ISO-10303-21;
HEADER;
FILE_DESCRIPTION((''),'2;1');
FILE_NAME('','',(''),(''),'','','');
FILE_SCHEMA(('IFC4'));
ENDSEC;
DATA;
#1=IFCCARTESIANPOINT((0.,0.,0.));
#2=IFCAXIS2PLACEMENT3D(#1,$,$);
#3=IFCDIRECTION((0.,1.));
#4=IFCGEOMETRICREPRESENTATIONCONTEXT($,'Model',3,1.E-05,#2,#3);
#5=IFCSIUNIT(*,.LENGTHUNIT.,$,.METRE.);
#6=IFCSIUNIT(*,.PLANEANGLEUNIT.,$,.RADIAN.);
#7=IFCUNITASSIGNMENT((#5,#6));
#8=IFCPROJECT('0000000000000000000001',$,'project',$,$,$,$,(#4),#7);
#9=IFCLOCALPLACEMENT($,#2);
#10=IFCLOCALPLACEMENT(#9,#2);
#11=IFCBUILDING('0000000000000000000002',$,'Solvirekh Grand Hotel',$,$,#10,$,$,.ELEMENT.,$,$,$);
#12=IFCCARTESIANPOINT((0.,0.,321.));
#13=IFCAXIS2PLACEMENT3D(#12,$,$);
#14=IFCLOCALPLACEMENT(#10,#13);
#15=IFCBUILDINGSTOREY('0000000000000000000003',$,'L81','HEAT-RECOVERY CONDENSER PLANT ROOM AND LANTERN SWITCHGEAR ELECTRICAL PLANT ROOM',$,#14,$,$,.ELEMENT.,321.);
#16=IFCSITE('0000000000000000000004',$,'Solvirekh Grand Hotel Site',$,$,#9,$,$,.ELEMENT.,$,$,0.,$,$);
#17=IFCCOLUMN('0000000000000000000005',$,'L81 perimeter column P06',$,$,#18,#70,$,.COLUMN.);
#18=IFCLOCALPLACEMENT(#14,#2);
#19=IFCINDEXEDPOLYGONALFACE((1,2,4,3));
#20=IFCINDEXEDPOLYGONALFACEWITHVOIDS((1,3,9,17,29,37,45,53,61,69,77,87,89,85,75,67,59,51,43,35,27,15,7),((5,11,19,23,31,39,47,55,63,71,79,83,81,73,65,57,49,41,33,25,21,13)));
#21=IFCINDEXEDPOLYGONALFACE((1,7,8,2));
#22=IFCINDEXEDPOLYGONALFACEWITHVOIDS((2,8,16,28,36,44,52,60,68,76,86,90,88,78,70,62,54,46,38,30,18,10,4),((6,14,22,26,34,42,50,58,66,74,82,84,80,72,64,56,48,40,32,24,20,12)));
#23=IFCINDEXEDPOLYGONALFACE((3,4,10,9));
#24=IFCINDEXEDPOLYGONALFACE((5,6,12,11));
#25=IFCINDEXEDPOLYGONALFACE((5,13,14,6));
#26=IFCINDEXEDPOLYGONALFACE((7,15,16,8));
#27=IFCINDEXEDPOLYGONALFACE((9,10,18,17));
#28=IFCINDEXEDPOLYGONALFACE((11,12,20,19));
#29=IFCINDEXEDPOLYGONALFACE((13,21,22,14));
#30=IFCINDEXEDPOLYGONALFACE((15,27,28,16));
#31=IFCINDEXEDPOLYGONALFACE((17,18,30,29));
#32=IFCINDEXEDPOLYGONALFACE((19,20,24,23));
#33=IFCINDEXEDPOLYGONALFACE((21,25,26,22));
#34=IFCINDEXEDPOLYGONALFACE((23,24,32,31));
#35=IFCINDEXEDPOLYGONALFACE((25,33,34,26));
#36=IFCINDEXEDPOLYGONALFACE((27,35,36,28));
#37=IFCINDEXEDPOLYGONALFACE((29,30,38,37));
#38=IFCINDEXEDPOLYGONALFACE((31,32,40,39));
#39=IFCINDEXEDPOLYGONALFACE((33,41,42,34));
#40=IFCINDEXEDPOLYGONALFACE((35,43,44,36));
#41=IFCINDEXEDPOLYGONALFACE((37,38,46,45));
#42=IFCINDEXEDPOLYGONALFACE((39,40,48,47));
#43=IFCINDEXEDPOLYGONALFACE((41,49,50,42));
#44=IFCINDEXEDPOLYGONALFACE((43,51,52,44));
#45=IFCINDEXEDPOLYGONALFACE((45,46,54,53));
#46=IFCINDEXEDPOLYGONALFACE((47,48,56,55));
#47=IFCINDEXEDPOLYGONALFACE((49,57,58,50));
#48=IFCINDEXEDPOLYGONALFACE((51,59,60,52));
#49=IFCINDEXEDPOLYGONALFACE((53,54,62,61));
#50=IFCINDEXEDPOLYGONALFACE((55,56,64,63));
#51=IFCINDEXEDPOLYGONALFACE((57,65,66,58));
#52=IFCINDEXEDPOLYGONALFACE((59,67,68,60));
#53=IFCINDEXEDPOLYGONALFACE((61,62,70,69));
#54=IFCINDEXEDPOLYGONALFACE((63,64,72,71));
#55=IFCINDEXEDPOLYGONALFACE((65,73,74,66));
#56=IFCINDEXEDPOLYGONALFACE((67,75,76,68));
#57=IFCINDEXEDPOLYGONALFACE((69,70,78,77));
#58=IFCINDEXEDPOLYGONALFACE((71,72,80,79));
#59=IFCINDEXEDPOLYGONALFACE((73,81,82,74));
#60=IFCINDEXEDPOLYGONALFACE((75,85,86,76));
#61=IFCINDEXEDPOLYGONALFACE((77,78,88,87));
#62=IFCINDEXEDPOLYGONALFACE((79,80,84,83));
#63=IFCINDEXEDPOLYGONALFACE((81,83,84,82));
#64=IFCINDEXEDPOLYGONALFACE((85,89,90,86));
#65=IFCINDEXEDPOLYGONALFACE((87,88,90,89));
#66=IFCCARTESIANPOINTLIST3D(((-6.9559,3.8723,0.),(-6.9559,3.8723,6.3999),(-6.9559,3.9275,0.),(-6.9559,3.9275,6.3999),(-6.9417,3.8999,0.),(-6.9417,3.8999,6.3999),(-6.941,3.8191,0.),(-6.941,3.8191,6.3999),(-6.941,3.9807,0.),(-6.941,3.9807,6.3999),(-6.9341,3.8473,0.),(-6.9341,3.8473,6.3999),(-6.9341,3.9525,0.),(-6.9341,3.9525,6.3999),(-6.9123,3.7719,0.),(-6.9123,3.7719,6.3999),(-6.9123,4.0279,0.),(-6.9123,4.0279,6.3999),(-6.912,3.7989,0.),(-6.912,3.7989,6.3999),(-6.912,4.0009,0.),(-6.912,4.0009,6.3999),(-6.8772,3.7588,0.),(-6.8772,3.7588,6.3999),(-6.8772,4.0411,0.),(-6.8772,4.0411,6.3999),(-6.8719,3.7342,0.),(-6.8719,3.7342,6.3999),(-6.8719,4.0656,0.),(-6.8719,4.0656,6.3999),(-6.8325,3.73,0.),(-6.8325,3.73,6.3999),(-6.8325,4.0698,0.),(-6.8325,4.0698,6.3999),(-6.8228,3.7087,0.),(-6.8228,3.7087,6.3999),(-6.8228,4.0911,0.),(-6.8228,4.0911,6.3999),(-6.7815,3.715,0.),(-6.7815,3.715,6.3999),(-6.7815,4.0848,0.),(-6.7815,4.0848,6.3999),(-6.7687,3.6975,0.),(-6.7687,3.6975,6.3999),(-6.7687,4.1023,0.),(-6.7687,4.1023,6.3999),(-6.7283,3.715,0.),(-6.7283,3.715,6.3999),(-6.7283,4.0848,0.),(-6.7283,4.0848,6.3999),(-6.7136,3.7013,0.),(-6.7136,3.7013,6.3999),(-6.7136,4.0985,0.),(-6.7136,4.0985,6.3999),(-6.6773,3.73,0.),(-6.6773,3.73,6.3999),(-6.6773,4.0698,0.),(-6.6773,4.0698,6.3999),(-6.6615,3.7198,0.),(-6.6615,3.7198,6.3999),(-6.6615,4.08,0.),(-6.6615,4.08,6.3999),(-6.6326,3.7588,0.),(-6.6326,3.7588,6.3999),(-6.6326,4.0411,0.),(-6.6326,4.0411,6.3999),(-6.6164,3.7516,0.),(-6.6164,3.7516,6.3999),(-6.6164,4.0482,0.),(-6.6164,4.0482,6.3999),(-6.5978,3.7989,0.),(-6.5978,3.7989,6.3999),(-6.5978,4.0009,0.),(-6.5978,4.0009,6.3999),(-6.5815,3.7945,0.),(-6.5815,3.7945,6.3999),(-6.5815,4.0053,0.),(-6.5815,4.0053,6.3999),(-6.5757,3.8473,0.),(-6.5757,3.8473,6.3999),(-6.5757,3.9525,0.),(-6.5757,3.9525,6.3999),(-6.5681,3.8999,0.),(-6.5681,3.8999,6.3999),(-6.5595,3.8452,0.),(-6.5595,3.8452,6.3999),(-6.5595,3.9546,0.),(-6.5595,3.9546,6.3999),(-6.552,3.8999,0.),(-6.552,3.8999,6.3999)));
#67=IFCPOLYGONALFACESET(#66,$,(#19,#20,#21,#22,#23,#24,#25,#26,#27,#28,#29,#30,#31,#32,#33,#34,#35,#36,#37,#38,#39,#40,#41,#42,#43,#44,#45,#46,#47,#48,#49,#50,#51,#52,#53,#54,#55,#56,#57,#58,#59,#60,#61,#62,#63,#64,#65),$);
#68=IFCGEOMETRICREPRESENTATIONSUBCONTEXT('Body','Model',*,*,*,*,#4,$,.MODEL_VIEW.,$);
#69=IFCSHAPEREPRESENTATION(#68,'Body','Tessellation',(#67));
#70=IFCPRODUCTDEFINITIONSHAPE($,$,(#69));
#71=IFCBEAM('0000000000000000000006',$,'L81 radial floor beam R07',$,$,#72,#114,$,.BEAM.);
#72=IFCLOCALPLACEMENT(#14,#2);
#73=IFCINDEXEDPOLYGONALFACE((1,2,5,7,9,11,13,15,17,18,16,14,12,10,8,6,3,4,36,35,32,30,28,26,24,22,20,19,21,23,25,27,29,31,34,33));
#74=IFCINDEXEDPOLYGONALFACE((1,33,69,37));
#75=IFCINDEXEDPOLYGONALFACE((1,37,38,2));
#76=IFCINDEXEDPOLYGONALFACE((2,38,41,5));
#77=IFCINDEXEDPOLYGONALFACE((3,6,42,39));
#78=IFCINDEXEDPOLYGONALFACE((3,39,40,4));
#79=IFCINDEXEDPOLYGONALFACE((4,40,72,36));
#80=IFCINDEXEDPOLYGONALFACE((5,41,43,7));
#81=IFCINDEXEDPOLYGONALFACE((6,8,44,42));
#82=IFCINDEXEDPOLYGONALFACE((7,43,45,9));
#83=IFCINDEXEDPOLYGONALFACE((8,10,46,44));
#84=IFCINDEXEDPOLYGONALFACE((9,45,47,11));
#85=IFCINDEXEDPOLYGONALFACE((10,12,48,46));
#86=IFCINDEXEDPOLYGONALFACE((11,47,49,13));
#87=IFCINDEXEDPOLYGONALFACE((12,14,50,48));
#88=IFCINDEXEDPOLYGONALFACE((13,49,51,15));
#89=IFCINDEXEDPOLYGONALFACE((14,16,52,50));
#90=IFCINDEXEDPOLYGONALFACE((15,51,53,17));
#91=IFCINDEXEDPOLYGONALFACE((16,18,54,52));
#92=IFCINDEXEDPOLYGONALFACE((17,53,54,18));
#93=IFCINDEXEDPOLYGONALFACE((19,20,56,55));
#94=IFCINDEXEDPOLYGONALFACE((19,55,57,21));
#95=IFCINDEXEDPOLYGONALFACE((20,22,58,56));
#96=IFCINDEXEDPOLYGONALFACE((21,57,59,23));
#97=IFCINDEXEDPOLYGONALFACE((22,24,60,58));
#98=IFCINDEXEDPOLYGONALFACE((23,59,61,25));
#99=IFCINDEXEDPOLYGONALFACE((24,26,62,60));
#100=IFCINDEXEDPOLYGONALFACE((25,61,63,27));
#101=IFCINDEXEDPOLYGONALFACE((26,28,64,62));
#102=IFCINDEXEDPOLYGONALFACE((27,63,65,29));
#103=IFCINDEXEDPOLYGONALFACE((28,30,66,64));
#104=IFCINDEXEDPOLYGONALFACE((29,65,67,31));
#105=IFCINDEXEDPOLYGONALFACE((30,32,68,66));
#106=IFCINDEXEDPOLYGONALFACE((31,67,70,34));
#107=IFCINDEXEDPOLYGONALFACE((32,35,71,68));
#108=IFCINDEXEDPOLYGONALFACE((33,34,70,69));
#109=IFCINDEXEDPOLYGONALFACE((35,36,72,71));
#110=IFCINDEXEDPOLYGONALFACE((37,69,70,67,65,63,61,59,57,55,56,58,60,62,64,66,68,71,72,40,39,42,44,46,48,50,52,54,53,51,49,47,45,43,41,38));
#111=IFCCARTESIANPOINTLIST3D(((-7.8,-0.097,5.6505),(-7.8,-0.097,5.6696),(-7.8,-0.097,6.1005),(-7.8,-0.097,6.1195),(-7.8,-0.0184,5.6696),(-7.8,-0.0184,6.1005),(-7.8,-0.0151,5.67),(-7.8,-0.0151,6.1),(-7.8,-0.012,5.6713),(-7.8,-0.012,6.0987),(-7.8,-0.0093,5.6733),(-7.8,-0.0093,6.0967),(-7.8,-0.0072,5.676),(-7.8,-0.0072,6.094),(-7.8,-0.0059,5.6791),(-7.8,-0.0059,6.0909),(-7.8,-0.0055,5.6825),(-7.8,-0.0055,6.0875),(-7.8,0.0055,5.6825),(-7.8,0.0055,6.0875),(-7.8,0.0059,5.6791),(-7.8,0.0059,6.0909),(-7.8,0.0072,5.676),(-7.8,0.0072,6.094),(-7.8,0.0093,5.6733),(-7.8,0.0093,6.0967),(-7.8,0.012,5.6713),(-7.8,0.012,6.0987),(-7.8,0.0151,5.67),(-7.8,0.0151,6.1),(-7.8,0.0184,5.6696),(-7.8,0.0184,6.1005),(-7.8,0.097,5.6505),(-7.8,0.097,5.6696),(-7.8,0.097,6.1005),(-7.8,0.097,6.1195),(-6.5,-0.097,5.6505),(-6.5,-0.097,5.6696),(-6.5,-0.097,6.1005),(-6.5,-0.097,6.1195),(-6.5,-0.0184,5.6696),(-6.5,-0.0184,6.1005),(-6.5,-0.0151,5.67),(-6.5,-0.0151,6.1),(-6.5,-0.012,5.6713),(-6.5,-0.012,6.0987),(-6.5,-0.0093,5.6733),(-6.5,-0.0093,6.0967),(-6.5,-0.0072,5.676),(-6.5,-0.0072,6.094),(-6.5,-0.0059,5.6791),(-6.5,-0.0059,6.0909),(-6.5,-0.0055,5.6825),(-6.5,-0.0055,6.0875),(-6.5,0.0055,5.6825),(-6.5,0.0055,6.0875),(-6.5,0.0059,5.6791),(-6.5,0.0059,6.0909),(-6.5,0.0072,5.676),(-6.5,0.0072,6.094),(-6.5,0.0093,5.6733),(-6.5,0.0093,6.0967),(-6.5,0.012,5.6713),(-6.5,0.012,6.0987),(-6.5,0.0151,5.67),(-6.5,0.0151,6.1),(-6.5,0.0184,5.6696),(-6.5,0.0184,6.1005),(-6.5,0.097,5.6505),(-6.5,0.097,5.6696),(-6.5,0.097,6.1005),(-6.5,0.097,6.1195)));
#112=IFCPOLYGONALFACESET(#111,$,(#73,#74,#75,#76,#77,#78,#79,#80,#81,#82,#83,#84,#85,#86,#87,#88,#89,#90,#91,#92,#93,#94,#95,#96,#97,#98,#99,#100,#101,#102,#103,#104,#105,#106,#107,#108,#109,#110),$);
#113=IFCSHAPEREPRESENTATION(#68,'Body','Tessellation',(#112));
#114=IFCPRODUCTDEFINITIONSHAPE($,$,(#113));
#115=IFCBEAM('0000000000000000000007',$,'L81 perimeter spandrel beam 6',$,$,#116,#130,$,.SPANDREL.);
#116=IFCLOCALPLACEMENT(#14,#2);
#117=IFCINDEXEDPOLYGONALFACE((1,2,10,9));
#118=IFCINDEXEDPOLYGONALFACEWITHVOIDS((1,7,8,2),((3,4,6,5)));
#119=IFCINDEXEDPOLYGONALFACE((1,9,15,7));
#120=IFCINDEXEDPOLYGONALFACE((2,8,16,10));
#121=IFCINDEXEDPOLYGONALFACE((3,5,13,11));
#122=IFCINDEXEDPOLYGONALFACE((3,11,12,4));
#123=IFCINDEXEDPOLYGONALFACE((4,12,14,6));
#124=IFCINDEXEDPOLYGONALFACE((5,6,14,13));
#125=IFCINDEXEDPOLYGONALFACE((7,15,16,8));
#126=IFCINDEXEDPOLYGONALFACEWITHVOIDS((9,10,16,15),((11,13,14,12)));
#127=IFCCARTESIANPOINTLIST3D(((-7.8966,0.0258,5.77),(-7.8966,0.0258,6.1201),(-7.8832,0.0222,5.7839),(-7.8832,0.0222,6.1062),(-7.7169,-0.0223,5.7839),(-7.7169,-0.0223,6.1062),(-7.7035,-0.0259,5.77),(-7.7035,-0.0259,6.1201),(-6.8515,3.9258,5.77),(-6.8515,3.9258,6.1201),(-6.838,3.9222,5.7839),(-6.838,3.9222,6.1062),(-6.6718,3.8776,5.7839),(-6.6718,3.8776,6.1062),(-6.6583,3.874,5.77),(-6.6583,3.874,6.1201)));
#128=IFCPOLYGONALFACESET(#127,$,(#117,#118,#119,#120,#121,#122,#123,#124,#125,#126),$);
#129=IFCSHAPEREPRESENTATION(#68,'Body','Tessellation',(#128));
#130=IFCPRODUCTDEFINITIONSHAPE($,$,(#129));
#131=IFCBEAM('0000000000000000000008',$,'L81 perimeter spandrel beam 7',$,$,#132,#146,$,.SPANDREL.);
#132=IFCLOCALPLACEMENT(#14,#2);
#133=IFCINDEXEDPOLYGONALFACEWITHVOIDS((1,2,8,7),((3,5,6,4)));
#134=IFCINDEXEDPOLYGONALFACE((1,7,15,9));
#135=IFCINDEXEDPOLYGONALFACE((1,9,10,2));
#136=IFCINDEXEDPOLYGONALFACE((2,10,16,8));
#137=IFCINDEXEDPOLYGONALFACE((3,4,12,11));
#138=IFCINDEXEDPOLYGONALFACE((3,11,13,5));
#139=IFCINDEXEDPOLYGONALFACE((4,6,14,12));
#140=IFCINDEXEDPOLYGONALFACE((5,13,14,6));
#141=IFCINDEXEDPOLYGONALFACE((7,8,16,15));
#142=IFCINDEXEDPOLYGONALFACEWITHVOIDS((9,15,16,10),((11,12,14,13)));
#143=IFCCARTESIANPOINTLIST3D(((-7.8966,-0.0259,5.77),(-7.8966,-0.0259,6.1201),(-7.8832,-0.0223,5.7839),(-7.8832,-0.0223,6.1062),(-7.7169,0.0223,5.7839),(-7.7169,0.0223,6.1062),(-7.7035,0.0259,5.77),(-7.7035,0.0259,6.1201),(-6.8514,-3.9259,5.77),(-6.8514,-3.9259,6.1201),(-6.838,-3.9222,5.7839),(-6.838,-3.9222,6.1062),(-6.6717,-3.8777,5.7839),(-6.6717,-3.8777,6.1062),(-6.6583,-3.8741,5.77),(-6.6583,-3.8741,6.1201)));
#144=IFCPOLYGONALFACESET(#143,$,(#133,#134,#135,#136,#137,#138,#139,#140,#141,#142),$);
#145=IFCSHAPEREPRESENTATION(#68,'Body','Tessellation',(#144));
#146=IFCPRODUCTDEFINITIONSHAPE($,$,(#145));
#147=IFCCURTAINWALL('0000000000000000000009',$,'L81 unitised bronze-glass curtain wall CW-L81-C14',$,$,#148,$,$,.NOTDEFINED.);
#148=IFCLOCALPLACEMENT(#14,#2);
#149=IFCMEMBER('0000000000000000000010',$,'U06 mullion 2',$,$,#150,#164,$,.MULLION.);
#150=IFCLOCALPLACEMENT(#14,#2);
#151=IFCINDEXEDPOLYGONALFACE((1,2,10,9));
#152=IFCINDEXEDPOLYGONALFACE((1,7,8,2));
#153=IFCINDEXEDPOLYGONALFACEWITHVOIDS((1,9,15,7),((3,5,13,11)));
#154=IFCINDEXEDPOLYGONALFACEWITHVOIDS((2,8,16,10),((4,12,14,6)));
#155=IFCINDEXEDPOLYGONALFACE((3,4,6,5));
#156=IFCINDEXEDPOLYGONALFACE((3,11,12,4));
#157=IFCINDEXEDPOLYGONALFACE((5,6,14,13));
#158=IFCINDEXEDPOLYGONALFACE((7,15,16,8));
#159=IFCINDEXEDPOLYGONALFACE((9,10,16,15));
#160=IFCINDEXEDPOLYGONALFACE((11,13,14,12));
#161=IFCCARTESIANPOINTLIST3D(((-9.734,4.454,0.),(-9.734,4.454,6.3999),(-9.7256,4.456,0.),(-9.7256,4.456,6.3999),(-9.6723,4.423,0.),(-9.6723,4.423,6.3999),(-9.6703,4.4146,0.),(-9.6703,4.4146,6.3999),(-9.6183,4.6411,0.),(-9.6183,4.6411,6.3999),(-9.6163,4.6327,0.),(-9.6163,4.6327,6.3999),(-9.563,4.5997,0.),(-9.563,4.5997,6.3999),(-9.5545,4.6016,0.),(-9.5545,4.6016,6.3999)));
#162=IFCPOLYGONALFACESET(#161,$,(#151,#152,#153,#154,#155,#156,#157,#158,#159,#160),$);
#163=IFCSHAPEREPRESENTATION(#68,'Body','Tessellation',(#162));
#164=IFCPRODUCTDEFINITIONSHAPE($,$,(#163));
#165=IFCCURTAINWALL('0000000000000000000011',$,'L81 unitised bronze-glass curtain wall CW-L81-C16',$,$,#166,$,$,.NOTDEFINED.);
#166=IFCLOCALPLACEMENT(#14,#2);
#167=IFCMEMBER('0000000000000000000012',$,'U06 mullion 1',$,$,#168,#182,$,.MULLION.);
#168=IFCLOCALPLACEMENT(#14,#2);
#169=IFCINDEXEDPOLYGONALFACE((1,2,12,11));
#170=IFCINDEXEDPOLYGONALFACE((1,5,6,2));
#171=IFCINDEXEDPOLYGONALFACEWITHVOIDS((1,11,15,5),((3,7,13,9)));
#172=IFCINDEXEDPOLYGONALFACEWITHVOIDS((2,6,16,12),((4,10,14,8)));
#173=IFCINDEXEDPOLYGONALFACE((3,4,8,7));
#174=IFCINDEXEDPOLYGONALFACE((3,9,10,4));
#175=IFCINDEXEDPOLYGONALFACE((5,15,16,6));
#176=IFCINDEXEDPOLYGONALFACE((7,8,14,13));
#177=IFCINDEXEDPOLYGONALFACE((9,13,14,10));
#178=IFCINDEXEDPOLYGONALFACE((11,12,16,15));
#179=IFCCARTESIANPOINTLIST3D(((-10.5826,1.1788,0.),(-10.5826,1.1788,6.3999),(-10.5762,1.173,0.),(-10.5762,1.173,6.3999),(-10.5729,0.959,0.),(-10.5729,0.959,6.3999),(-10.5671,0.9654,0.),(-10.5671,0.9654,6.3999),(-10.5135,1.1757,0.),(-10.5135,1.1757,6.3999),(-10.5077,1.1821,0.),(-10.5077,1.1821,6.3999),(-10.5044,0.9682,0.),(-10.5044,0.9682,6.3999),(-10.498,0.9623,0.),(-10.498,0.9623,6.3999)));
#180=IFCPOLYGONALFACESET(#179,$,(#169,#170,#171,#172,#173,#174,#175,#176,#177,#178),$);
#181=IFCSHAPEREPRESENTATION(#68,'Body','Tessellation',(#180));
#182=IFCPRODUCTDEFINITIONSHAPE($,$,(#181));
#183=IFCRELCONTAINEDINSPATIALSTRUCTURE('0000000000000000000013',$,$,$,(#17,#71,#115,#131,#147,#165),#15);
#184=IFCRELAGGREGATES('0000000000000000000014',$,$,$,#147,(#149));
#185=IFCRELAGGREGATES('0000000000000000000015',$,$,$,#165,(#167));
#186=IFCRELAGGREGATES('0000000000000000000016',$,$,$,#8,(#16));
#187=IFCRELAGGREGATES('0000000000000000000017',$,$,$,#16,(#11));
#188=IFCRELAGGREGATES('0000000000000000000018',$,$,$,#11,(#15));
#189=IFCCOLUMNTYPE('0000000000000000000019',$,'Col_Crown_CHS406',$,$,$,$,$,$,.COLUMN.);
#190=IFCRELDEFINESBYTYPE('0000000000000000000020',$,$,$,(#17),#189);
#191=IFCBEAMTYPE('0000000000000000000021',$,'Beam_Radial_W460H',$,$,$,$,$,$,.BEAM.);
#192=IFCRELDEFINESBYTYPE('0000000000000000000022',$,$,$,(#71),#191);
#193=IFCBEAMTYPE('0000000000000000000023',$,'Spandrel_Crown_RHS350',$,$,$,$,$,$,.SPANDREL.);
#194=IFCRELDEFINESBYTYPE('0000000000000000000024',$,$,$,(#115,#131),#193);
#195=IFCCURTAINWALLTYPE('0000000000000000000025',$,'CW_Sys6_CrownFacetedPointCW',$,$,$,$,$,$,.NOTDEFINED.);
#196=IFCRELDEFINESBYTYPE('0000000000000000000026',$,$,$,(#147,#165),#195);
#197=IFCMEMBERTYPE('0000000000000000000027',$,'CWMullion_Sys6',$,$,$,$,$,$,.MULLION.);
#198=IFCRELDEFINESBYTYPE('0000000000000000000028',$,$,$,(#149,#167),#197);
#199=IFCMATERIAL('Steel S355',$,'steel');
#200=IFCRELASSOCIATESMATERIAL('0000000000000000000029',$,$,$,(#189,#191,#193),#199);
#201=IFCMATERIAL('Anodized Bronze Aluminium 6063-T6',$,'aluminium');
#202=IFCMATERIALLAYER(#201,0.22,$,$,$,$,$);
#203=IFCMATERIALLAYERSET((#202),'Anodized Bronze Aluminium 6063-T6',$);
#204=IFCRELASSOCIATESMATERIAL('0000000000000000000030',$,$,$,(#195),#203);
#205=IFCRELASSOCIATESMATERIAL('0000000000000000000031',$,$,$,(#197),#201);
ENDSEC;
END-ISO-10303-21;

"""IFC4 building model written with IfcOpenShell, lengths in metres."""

from ifc_helpers import new_model, si_unit, direction, frame, origin, origin_2d, place, context, subcontext, project, spatial, hollow_rectangle, hollow_circle, i_section, extrude, source, transform, mapped, material, layer, layer_set, material_profile, profile_set, type_object, element, aggregate, save


model = new_model("IFC4")

# Units and contexts
model_context = context("Model", 3, precision=1e-05, world=origin(), true_north=direction((0.0, 1.0)))
body_context = subcontext(model_context, "Body", "Model", "MODEL_VIEW")
ifc_project = project(units=[si_unit("LENGTHUNIT", "METRE"), si_unit("PLANEANGLEUNIT", "RADIAN")], contexts=[model_context])

# Site, building, storey
site_placement = place(None, origin())
site = spatial("IfcSite", under=ifc_project, at=site_placement, Name="Solvirekh Grand Hotel Site", CompositionType="ELEMENT", RefElevation=0.0)
building_placement = place(site_placement, origin())
building = spatial("IfcBuilding", under=site, at=building_placement, Name="Solvirekh Grand Hotel", CompositionType="ELEMENT")
storey_placement = place(building_placement, frame((0.0, 0.0, 321.0)))
storey = spatial("IfcBuildingStorey", under=building, at=storey_placement, Name="L81", Description="HEAT-RECOVERY CONDENSER PLANT ROOM AND LANTERN SWITCHGEAR ELECTRICAL PLANT ROOM", CompositionType="ELEMENT", Elevation=321.0)

# Column
ifc_material_1 = material(Name="Steel S355", Category="steel")
ifc_material_profile_1 = material_profile(ifc_material_1, hollow_circle(Radius=0.2029, WallThickness=0.0161, at=origin_2d()), Name="CHS 406X16")
ifc_profile_set_1 = profile_set([ifc_material_profile_1], Name="Steel S355")
column_type = type_object("IfcColumnType", Name="Col_Crown_CHS406", PredefinedType="COLUMN", material=ifc_profile_set_1)
column_placement = place(storey_placement, frame((-6.7549, 3.8999, 0.0), z_axis=(0.0, 0.0, 1.0), x_axis=(1.0, 0.0, 0.0)))
element("IfcColumn", 1, at=column_placement, inside=storey, type_object=column_type, Name="L81 perimeter column P06", PredefinedType="COLUMN", context=body_context, shape_type="SweptSolid", body=[
    extrude(hollow_circle(Radius=0.2029, WallThickness=0.0161, at=origin_2d()), origin(), (0.0, 0.0, 1.0), 6.3999),
])

# Beams
ifc_material_profile_2 = material_profile(ifc_material_1, i_section(OverallWidth=0.1941, OverallDepth=0.469, WebThickness=0.011, FlangeThickness=0.019, FilletRadius=0.0129, at=origin_2d()), Name="W460X106")
ifc_profile_set_2 = profile_set([ifc_material_profile_2], Name="Steel S355")
beam_type_1 = type_object("IfcBeamType", Name="Beam_Radial_W460H", PredefinedType="BEAM", material=ifc_profile_set_2)
beam_placement = place(storey_placement, frame((-6.5, 0.0, 5.885), z_axis=(-1.0, 0.0, 0.0), x_axis=(0.0, -1.0, 0.0)))
element("IfcBeam", 2, at=beam_placement, inside=storey, type_object=beam_type_1, Name="L81 radial floor beam R07", PredefinedType="BEAM", context=body_context, shape_type="SweptSolid", body=[
    extrude(i_section(OverallWidth=0.1941, OverallDepth=0.469, WebThickness=0.011, FlangeThickness=0.019, FilletRadius=0.0129, at=origin_2d()), origin(), (0.0, 0.0, 1.0), 1.3),
])
ifc_material_profile_3 = material_profile(ifc_material_1, hollow_rectangle(XDim=0.2, YDim=0.3501, WallThickness=0.0139, at=origin_2d()), Name="RHS 350X200X14")
ifc_profile_set_3 = profile_set([ifc_material_profile_3], Name="Steel S355")
beam_type_2 = type_object("IfcBeamType", Name="Spandrel_Crown_RHS350", PredefinedType="SPANDREL", material=ifc_profile_set_3)
for number, where, z_axis, x_axis, name in (
    (3, (-6.7549, 3.8999, 5.9451), (-0.258863, -0.965914, 0.0), (0.965914, -0.258863, 0.0), "L81 perimeter spandrel beam 6"),
    (4, (-7.8, 0.0, 5.9451), (0.258863, -0.965914, 0.0), (0.965914, 0.258863, 0.0), "L81 perimeter spandrel beam 7"),
):
    element("IfcBeam", number, at=place(storey_placement, frame(where, z_axis=z_axis, x_axis=x_axis)), inside=storey, type_object=beam_type_2, Name=name, PredefinedType="SPANDREL", context=body_context, shape_type="SweptSolid", body=[
        extrude(hollow_rectangle(XDim=0.2, YDim=0.3501, WallThickness=0.0139, at=origin_2d()), origin(), (0.0, 0.0, 1.0), 4.0376),
    ])

# Curtain wall, member
ifc_material_2 = material(Name="Anodized Bronze Aluminium 6063-T6", Category="aluminium")
ifc_layer_1 = layer(ifc_material_2, 0.22)
ifc_layer_set_1 = layer_set([ifc_layer_1], Name="Anodized Bronze Aluminium 6063-T6")
curtain_wall_type = type_object("IfcCurtainWallType", Name="CW_Sys6_CrownFacetedPointCW", PredefinedType="NOTDEFINED", material=ifc_layer_set_1)
curtain_wall_1_placement = place(storey_placement, origin())
curtain_wall_1 = element("IfcCurtainWall", 5, at=curtain_wall_1_placement, inside=storey, type_object=curtain_wall_type, Name="L81 unitised bronze-glass curtain wall CW-L81-C14", PredefinedType="NOTDEFINED")
ifc_material_profile_4 = material_profile(ifc_material_2, hollow_rectangle(XDim=0.075, YDim=0.22, WallThickness=0.0061, at=origin_2d()), Name="ALU RHS 220X75X6")
ifc_profile_set_4 = profile_set([ifc_material_profile_4], Name="Anodized Bronze Aluminium 6063-T6")
member_type_1 = type_object("IfcMemberType", Name="CWMullion_Sys6", PredefinedType="MULLION", material=ifc_profile_set_4)
shared_shape_1 = source(origin(), body_context, "Body", "SweptSolid", [
    extrude(hollow_rectangle(XDim=0.075, YDim=0.22, WallThickness=0.0061, at=origin_2d()), origin(), (0.0, 0.0, 1.0), 6.3999),
])
member_1_placement = place(storey_placement, frame((-9.6443, 4.5278, 0.0), z_axis=(0.0, 0.0, 1.0), x_axis=(0.850388, -0.526156, 0.0)))
member_1 = element("IfcMember", 6, at=member_1_placement, type_object=member_type_1, Name="U06 mullion 2", PredefinedType="MULLION", context=body_context, shape_type="MappedRepresentation", body=[
    mapped(shared_shape_1, transform((0.0, 0.0, 0.0), x_axis=(1.0, 0.0, 0.0), y_axis=(0.0, 1.0, 0.0), z_axis=(0.0, 0.0, 1.0), scale=1.0)),
])
aggregate(curtain_wall_1, [member_1])

# Curtain wall, member
curtain_wall_2_placement = place(storey_placement, origin())
curtain_wall_2 = element("IfcCurtainWall", 7, at=curtain_wall_2_placement, inside=storey, type_object=curtain_wall_type, Name="L81 unitised bronze-glass curtain wall CW-L81-C16", PredefinedType="NOTDEFINED")
member_2_placement = place(storey_placement, frame((-10.5403, 1.0706, 0.0), z_axis=(0.0, 0.0, 1.0), x_axis=(0.999031, 0.044008, 0.0)))
member_2 = element("IfcMember", 8, at=member_2_placement, type_object=member_type_1, Name="U06 mullion 1", PredefinedType="MULLION", context=body_context, shape_type="MappedRepresentation", body=[
    mapped(shared_shape_1, transform((0.0, 0.0, 0.0), x_axis=(1.0, 0.0, 0.0), y_axis=(0.0, 1.0, 0.0), z_axis=(0.0, 0.0, 1.0), scale=1.0)),
])
aggregate(curtain_wall_2, [member_2])

save(model, "model.ifc")
